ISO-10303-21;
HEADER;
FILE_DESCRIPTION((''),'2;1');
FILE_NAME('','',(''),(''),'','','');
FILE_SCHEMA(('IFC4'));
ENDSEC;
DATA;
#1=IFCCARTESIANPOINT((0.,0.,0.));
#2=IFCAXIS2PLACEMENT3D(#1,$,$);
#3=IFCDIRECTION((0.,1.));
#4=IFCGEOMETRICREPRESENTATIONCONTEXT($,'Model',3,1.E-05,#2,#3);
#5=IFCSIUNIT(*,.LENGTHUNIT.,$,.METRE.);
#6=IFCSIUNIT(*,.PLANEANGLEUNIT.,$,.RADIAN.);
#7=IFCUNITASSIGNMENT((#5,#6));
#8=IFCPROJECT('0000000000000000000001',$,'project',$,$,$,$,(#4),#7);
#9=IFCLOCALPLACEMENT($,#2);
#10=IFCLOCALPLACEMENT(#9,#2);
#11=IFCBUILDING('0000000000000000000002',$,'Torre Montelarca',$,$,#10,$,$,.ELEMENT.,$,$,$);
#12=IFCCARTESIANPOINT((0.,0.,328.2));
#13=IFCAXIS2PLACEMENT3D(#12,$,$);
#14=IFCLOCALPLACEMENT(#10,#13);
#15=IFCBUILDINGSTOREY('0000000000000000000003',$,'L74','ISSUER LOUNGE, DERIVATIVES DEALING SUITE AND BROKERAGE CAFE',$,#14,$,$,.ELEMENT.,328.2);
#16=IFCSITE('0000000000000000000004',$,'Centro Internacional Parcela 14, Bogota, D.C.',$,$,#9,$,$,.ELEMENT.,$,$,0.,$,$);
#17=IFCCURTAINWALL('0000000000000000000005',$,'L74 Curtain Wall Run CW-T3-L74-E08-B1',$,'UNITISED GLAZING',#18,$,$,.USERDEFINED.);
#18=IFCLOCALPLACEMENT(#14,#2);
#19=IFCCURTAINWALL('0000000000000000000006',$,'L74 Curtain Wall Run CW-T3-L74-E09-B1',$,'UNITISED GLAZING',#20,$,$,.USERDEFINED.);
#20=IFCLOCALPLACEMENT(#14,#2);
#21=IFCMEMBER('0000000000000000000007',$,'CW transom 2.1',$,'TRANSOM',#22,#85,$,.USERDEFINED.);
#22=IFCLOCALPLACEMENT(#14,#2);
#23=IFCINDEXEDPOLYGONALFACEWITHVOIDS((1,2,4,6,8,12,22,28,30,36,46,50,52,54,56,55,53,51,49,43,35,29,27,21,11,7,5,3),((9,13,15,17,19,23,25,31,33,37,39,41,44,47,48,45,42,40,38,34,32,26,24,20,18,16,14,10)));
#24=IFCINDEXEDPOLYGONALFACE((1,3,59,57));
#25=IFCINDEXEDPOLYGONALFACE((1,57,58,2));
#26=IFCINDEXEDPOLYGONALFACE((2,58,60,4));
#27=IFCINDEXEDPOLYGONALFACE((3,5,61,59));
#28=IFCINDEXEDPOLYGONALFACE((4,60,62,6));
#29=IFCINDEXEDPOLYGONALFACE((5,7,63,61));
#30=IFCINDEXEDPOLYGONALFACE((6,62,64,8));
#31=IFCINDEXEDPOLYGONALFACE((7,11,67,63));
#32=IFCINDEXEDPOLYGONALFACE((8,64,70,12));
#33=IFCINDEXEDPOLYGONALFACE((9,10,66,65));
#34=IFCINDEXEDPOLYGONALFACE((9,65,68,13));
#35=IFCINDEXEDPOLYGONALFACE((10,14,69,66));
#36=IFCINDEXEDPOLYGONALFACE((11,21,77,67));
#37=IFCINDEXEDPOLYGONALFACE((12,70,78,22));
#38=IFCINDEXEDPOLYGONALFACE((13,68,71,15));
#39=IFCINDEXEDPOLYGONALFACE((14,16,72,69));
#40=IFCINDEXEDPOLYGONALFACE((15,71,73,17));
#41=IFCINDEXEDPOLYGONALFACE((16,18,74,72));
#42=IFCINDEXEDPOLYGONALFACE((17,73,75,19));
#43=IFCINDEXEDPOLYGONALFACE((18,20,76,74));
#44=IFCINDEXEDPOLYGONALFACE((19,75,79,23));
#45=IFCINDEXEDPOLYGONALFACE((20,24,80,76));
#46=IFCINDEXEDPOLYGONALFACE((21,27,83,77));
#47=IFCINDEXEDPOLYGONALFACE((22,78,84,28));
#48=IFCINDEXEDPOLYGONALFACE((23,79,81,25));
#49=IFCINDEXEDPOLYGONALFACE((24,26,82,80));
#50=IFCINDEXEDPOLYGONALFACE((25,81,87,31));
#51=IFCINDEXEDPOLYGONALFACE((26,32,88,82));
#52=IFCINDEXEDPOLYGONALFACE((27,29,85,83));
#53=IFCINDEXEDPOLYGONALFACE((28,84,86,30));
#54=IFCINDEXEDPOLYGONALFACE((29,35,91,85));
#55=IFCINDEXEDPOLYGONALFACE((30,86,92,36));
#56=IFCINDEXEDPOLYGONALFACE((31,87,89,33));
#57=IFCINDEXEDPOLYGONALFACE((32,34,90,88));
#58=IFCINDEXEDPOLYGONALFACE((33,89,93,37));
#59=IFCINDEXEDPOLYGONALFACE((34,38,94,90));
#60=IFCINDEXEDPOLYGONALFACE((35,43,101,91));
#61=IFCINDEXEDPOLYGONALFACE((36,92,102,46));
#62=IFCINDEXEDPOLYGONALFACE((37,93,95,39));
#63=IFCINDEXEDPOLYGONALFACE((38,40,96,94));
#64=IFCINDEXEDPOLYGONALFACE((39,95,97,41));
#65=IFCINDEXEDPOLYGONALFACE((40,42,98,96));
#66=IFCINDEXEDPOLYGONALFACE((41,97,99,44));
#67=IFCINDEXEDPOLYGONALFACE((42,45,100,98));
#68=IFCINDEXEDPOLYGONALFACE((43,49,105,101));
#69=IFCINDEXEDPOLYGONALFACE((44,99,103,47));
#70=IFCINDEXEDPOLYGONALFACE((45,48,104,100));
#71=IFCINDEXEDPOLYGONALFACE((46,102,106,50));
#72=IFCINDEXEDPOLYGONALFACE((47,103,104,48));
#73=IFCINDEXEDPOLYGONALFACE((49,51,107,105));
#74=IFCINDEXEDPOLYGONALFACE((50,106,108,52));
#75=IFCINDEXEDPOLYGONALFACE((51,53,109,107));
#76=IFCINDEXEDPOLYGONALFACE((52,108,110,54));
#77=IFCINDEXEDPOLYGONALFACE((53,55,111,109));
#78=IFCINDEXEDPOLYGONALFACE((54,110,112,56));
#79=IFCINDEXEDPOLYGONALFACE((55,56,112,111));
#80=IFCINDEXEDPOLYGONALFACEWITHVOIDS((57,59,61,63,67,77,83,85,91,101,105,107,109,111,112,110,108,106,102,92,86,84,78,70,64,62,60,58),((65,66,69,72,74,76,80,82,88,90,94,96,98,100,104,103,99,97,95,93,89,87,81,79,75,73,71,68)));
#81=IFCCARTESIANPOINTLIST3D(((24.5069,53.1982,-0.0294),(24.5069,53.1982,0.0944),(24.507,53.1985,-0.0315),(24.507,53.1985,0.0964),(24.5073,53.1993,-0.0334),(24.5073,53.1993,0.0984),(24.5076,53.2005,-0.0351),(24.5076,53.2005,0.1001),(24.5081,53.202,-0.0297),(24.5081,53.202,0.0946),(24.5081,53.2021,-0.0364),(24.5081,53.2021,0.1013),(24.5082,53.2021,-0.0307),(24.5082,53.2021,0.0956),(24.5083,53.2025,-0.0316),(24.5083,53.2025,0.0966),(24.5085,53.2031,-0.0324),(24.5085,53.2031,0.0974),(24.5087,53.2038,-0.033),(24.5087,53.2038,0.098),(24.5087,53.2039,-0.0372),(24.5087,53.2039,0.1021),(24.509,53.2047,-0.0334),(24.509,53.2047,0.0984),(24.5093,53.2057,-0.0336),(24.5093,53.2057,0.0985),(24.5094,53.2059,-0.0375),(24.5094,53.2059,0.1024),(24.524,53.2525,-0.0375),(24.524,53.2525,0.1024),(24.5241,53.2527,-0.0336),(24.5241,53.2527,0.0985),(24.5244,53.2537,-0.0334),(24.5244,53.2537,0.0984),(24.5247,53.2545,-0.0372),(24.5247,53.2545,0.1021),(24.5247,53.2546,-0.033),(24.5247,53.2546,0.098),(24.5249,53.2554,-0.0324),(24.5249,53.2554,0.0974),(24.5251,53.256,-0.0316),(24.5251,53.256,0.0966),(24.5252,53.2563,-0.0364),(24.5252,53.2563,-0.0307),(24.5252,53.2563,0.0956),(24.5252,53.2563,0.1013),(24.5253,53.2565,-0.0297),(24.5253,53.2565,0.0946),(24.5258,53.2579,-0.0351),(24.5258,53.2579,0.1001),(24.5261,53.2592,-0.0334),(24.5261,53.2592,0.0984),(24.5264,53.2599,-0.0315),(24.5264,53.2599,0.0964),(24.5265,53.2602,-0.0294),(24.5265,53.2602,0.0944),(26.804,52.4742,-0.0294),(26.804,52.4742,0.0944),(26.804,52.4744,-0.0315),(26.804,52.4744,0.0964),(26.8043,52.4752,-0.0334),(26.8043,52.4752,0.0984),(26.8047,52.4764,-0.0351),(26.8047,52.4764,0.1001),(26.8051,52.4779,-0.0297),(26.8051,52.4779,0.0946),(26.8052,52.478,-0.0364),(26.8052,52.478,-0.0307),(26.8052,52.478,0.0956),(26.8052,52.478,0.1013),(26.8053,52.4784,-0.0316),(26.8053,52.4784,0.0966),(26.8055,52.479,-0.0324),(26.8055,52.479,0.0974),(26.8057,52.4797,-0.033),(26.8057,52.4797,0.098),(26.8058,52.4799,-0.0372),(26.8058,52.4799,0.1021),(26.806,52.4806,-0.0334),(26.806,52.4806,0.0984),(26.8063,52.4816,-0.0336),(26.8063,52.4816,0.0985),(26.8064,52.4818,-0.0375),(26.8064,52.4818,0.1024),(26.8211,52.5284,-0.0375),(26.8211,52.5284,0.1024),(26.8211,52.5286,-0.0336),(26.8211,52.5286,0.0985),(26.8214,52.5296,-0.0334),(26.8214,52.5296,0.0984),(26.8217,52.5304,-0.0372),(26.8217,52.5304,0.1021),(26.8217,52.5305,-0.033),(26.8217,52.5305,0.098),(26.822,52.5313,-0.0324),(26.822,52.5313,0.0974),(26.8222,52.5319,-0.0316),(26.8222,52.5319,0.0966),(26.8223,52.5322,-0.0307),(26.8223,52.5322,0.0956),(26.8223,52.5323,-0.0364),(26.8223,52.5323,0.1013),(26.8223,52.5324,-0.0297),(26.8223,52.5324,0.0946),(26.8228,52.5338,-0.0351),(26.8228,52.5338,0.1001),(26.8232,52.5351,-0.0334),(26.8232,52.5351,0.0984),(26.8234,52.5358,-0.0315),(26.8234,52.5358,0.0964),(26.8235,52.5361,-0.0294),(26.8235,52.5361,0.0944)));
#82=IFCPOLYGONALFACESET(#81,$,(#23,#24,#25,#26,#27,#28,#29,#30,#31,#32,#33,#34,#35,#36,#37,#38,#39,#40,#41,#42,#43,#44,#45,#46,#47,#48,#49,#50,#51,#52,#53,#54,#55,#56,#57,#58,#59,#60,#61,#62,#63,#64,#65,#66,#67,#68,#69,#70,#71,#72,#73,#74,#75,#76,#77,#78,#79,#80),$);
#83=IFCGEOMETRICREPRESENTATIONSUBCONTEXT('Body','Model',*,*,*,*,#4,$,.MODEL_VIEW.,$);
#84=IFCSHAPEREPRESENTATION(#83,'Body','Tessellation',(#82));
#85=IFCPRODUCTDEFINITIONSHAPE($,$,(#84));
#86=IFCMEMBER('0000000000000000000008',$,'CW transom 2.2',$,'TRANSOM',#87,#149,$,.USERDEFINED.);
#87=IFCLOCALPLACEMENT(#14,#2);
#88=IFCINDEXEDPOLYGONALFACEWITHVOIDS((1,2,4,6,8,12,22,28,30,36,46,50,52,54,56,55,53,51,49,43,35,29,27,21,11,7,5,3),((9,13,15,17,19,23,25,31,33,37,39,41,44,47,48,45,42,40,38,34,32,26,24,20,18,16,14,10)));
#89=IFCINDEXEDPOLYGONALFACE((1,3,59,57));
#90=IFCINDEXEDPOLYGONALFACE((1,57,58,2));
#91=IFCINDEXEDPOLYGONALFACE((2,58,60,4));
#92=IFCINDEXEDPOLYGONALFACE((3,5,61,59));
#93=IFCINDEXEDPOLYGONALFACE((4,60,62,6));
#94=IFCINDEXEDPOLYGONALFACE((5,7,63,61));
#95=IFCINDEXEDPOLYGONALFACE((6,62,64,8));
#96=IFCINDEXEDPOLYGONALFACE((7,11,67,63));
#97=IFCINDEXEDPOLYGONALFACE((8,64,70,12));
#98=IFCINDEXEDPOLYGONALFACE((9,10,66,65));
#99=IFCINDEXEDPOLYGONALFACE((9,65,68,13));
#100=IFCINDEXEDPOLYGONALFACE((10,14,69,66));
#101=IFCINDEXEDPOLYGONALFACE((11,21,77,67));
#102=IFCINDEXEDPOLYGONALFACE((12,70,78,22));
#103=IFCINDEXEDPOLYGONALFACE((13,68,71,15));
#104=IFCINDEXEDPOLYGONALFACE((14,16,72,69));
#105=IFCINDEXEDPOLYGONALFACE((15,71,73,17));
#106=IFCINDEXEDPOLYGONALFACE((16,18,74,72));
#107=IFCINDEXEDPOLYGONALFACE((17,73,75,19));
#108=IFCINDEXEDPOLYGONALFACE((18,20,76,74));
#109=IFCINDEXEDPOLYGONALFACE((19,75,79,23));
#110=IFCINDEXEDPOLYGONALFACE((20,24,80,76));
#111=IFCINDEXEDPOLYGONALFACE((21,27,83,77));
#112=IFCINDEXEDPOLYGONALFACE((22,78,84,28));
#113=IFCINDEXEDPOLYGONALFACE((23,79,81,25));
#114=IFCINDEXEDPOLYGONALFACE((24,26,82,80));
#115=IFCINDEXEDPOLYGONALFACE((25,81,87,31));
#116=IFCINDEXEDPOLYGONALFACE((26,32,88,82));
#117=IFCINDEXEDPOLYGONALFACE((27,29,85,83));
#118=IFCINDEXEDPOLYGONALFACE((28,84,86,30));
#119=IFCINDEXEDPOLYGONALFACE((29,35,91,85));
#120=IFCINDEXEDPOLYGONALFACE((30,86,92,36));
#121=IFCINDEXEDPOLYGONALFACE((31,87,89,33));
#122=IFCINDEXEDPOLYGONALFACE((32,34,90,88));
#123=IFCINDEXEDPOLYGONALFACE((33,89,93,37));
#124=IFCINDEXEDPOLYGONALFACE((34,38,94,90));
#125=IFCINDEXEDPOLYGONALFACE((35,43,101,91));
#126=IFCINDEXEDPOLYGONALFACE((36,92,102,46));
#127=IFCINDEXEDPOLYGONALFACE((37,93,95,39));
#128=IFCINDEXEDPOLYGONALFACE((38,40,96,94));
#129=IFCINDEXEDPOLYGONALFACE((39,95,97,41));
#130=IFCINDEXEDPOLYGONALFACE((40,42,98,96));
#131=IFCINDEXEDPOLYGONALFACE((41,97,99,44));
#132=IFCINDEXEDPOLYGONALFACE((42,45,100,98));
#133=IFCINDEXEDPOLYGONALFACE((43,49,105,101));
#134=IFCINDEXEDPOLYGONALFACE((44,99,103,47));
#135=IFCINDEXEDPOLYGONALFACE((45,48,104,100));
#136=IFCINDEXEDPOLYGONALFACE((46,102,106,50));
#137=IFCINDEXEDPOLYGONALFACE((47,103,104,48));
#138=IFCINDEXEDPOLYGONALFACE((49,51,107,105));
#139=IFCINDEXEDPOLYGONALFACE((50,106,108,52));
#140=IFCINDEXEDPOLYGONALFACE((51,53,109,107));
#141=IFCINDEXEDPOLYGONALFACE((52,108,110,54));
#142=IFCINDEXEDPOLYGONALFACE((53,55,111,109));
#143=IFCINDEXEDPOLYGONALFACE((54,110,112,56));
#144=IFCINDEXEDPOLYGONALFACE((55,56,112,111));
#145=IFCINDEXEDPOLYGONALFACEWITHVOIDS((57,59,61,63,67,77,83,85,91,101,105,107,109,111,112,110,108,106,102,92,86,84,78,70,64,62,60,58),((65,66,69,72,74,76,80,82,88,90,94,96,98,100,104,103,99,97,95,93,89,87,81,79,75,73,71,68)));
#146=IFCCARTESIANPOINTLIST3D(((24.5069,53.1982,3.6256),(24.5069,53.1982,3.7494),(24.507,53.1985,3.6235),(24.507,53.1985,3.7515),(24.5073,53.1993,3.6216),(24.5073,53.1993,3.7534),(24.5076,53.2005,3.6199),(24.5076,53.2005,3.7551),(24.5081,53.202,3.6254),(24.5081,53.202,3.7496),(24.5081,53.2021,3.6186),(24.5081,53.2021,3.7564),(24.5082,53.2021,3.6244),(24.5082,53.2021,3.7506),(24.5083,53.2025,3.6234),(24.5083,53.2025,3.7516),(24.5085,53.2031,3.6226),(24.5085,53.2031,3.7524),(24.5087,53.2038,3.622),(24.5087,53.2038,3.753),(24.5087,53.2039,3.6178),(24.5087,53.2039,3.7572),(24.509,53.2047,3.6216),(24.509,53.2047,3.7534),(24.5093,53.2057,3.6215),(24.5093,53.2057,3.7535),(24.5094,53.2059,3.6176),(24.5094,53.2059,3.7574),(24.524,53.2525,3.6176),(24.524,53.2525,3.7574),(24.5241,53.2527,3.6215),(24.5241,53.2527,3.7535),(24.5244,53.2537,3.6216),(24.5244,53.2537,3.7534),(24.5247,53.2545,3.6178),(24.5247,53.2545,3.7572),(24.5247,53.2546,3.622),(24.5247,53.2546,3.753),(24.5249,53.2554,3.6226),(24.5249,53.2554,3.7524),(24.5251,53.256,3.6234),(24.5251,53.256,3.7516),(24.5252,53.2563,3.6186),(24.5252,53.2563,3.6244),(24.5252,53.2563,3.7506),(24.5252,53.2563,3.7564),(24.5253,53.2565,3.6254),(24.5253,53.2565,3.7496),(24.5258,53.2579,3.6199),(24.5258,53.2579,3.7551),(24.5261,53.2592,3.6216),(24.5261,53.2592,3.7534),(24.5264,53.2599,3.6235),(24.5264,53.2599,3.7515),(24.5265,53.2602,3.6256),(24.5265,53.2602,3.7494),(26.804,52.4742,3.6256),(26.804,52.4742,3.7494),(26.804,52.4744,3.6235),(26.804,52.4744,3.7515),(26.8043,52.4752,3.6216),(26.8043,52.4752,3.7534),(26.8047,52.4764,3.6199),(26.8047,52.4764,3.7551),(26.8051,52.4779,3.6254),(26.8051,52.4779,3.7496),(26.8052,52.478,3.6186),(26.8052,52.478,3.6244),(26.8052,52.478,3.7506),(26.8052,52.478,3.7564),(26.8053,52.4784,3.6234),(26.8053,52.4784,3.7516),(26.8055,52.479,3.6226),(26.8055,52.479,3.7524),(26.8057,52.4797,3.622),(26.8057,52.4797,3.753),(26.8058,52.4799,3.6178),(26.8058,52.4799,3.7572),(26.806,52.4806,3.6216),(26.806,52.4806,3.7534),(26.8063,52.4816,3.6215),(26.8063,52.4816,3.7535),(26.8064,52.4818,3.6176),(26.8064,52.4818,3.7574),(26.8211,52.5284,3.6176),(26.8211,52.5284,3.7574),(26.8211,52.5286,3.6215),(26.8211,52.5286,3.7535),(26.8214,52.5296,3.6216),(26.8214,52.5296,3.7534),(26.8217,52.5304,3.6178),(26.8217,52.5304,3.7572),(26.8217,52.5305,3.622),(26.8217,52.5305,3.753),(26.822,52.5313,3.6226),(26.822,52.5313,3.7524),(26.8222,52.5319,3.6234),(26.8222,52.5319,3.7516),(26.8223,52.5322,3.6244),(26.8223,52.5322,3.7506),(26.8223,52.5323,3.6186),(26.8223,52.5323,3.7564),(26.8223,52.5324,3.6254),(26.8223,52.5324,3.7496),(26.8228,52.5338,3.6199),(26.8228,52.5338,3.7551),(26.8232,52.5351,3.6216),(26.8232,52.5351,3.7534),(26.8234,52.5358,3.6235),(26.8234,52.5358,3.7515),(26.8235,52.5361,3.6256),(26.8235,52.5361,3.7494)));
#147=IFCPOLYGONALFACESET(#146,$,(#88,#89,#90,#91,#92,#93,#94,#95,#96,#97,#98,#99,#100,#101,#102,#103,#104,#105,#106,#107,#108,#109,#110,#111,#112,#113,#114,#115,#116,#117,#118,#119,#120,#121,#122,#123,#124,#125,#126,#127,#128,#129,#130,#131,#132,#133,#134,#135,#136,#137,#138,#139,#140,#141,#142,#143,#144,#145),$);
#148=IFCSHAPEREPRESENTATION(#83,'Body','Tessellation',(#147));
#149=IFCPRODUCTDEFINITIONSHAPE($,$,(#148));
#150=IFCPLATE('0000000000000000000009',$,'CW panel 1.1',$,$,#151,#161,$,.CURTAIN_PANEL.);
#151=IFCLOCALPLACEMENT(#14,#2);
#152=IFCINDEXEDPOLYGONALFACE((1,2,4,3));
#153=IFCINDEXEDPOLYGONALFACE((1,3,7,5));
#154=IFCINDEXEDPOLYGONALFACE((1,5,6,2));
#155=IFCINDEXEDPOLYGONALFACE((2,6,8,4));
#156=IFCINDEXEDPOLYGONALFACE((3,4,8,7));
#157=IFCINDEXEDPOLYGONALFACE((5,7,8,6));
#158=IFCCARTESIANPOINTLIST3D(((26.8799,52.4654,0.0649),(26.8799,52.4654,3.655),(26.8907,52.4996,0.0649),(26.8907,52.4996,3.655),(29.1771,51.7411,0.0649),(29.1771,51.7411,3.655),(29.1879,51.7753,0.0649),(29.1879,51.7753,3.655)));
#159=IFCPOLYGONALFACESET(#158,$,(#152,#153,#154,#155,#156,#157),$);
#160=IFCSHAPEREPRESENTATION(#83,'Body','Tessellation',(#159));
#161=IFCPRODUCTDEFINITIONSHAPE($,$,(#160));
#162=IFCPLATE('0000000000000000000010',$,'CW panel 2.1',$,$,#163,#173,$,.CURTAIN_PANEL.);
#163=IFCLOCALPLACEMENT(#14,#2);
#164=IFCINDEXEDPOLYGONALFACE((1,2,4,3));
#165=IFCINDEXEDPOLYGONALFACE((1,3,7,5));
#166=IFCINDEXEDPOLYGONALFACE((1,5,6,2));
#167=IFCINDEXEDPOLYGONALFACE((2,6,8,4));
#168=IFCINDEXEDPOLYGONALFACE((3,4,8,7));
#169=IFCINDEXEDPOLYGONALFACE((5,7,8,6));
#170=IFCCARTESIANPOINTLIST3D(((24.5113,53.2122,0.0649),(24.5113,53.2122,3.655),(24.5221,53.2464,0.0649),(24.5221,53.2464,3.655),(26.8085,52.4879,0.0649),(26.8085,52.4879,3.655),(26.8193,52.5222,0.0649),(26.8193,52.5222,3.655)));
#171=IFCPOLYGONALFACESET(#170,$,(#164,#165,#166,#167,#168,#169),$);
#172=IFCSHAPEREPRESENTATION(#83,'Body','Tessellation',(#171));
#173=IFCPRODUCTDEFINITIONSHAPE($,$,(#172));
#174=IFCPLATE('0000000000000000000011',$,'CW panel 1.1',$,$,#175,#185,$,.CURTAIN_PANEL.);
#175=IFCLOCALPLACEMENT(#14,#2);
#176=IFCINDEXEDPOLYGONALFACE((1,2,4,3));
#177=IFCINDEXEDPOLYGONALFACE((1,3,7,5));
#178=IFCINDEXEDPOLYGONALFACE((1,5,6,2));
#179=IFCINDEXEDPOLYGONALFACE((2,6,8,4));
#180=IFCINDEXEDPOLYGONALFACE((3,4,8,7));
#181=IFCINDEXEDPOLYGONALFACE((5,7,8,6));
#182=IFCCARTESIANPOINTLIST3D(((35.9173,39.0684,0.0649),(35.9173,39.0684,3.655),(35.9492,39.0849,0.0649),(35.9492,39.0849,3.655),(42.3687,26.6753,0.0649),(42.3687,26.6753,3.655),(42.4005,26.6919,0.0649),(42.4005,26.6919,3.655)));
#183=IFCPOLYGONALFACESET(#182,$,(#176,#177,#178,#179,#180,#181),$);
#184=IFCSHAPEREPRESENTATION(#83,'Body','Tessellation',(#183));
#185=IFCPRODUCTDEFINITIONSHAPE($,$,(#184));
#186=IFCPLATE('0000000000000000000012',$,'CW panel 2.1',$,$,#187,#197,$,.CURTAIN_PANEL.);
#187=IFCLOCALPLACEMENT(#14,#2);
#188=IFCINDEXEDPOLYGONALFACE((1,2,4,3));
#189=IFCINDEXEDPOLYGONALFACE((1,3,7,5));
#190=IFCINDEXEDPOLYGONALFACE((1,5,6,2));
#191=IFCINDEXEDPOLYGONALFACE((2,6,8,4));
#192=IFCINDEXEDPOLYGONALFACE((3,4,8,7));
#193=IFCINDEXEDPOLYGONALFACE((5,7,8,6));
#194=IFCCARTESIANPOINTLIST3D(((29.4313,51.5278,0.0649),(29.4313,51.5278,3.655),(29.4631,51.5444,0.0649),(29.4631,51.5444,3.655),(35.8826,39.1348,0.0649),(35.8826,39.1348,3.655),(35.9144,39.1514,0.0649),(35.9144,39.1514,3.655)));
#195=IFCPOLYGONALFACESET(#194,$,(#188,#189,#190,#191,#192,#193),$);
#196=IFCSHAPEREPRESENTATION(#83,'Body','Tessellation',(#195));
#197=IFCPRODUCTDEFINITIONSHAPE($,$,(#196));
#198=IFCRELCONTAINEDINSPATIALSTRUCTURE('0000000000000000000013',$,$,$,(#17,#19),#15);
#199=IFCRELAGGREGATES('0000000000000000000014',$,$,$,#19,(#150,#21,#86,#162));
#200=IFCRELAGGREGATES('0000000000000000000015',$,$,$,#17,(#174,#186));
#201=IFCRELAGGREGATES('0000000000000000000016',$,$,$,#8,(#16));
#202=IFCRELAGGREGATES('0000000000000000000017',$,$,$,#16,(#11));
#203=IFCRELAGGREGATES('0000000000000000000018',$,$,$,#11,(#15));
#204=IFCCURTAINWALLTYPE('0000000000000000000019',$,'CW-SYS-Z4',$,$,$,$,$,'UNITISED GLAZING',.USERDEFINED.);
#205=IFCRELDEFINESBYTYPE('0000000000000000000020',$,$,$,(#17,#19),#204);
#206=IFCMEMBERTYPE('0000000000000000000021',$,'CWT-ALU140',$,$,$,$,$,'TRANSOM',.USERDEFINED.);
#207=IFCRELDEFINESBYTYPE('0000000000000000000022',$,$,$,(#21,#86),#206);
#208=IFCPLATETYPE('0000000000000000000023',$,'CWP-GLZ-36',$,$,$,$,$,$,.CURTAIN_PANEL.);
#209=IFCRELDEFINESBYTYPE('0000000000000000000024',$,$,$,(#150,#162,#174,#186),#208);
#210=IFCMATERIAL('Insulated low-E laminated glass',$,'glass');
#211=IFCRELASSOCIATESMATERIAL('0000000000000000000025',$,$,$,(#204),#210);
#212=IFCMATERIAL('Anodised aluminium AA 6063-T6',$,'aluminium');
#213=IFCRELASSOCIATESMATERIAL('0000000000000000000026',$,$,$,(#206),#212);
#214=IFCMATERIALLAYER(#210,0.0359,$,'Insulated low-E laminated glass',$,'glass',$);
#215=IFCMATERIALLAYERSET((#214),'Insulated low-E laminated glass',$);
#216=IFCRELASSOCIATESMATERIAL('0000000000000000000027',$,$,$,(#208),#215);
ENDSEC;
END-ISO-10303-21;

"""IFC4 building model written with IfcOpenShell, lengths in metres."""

from ifc_helpers import new_model, si_unit, direction, frame, origin, origin_2d, place, context, subcontext, project, spatial, rectangle, hollow_rectangle, extrude, source, transform, mapped, material, layer, layer_set, material_profile, profile_set, type_object, element, aggregate, save


model = new_model("IFC4")

# Units and contexts
model_context = context("Model", 3, precision=1e-05, world=origin(), true_north=direction((0.0, 1.0)))
body_context = subcontext(model_context, "Body", "Model", "MODEL_VIEW")
ifc_project = project(units=[si_unit("LENGTHUNIT", "METRE"), si_unit("PLANEANGLEUNIT", "RADIAN")], contexts=[model_context])

# Site, building, storey
site_placement = place(None, origin())
site = spatial("IfcSite", under=ifc_project, at=site_placement, Name="Centro Internacional Parcela 14, Bogota, D.C.", CompositionType="ELEMENT", RefElevation=0.0)
building_placement = place(site_placement, origin())
building = spatial("IfcBuilding", under=site, at=building_placement, Name="Torre Montelarca", CompositionType="ELEMENT")
storey_placement = place(building_placement, frame((0.0, 0.0, 328.2)))
storey = spatial("IfcBuildingStorey", under=building, at=storey_placement, Name="L74", Description="ISSUER LOUNGE, DERIVATIVES DEALING SUITE AND BROKERAGE CAFE", CompositionType="ELEMENT", Elevation=328.2)

# Curtain walls
ifc_material_1 = material(Name="Insulated low-E laminated glass", Category="glass")
curtain_wall_type = type_object("IfcCurtainWallType", Name="CW-SYS-Z4", ElementType="UNITISED GLAZING", PredefinedType="USERDEFINED", material=ifc_material_1)
curtain_wall_1_placement = place(storey_placement, origin())
curtain_wall_1 = element("IfcCurtainWall", 1, at=curtain_wall_1_placement, inside=storey, type_object=curtain_wall_type, Name="L74 Curtain Wall Run CW-T3-L74-E08-B1", ObjectType="UNITISED GLAZING", PredefinedType="USERDEFINED")
ifc_material_2 = material(Name="Anodised aluminium AA 6063-T6", Category="aluminium")
curtain_wall_2_placement = place(storey_placement, origin())
curtain_wall_2 = element("IfcCurtainWall", 2, at=curtain_wall_2_placement, inside=storey, type_object=curtain_wall_type, Name="L74 Curtain Wall Run CW-T3-L74-E09-B1", ObjectType="UNITISED GLAZING", PredefinedType="USERDEFINED")
ifc_material_profile_1 = material_profile(ifc_material_2, hollow_rectangle(XDim=0.0649, YDim=0.1399, WallThickness=0.0039, InnerFilletRadius=0.0039, OuterFilletRadius=0.0081, at=origin_2d()), Name="ALU65X140X4", Category="aluminium")
ifc_profile_set_1 = profile_set([ifc_material_profile_1], Name="Anodised aluminium AA 6063-T6")
member_type_1 = type_object("IfcMemberType", Name="CWT-ALU140", ElementType="TRANSOM", PredefinedType="USERDEFINED", material=ifc_profile_set_1)

# Members
shared_shape_1 = source(origin(), body_context, "Body", "SweptSolid", [
    extrude(hollow_rectangle(XDim=0.0649, YDim=0.1399, WallThickness=0.0039, InnerFilletRadius=0.0039, OuterFilletRadius=0.0081, at=origin_2d()), origin(), (0.0, 0.0, 1.0), 2.4084),
])
member_1_placement = place(storey_placement, frame((26.8137, 52.5051, 0.0325), z_axis=(-0.953736, 0.300646, 0.0), x_axis=(-0.300646, -0.953736, 0.0)))
member_1 = element("IfcMember", 3, at=member_1_placement, type_object=member_type_1, Name="CW transom 2.1", ObjectType="TRANSOM", PredefinedType="USERDEFINED", context=body_context, shape_type="MappedRepresentation", body=[
    mapped(shared_shape_1, transform((0.0, 0.0, 0.0), scale=1.0)),
])
member_2_placement = place(storey_placement, frame((26.8137, 52.5051, 3.6875), z_axis=(-0.953736, 0.300646, 0.0), x_axis=(-0.300646, -0.953736, 0.0)))
member_2 = element("IfcMember", 4, at=member_2_placement, type_object=member_type_1, Name="CW transom 2.2", ObjectType="TRANSOM", PredefinedType="USERDEFINED", context=body_context, shape_type="MappedRepresentation", body=[
    mapped(shared_shape_1, transform((0.0, 0.0, 0.0), scale=1.0)),
])

# Plates
ifc_layer_1 = layer(ifc_material_1, 0.0359, Name="Insulated low-E laminated glass", Category="glass")
ifc_layer_set_1 = layer_set([ifc_layer_1], Name="Insulated low-E laminated glass")
plate_type = type_object("IfcPlateType", Name="CWP-GLZ-36", PredefinedType="CURTAIN_PANEL", material=ifc_layer_set_1)
shared_shape_2 = source(origin(), body_context, "Body", "SweptSolid", [
    extrude(rectangle(XDim=2.4087, YDim=0.0359, at=origin_2d()), origin(), (0.0, 0.0, 1.0), 3.5901),
])
plate_1_placement = place(storey_placement, frame((28.0339, 52.1204, 0.0649), z_axis=(0.0, 0.0, 1.0), x_axis=(-0.953721, 0.300693, 0.0)))
plate_1 = element("IfcPlate", 5, at=plate_1_placement, type_object=plate_type, Name="CW panel 1.1", PredefinedType="CURTAIN_PANEL", context=body_context, shape_type="MappedRepresentation", body=[
    mapped(shared_shape_2, transform((0.0, 0.0, 0.0), scale=1.0)),
])
plate_2_placement = place(storey_placement, frame((25.6653, 52.8672, 0.0649), z_axis=(0.0, 0.0, 1.0), x_axis=(-0.953721, 0.300693, 0.0)))
plate_2 = element("IfcPlate", 6, at=plate_2_placement, type_object=plate_type, Name="CW panel 2.1", PredefinedType="CURTAIN_PANEL", context=body_context, shape_type="MappedRepresentation", body=[
    mapped(shared_shape_2, transform((0.0, 0.0, 0.0), scale=1.0)),
])
aggregate(curtain_wall_2, [plate_1, member_1, member_2, plate_2])
shared_shape_3 = source(origin(), body_context, "Body", "SweptSolid", [
    extrude(rectangle(XDim=13.9717, YDim=0.0359, at=origin_2d()), origin(), (0.0, 0.0, 1.0), 3.5901),
])
plate_3_placement = place(storey_placement, frame((39.1589, 32.8801, 0.0649), z_axis=(0.0, 0.0, 1.0), x_axis=(-0.461745, 0.887013, 0.0)))
plate_3 = element("IfcPlate", 7, at=plate_3_placement, type_object=plate_type, Name="CW panel 1.1", PredefinedType="CURTAIN_PANEL", context=body_context, shape_type="MappedRepresentation", body=[
    mapped(shared_shape_3, transform((0.0, 0.0, 0.0), scale=1.0)),
])
plate_4_placement = place(storey_placement, frame((32.6729, 45.3396, 0.0649), z_axis=(0.0, 0.0, 1.0), x_axis=(-0.461745, 0.887013, 0.0)))
plate_4 = element("IfcPlate", 8, at=plate_4_placement, type_object=plate_type, Name="CW panel 2.1", PredefinedType="CURTAIN_PANEL", context=body_context, shape_type="MappedRepresentation", body=[
    mapped(shared_shape_3, transform((0.0, 0.0, 0.0), scale=1.0)),
])
aggregate(curtain_wall_1, [plate_3, plate_4])

save(model, "model.ifc")
